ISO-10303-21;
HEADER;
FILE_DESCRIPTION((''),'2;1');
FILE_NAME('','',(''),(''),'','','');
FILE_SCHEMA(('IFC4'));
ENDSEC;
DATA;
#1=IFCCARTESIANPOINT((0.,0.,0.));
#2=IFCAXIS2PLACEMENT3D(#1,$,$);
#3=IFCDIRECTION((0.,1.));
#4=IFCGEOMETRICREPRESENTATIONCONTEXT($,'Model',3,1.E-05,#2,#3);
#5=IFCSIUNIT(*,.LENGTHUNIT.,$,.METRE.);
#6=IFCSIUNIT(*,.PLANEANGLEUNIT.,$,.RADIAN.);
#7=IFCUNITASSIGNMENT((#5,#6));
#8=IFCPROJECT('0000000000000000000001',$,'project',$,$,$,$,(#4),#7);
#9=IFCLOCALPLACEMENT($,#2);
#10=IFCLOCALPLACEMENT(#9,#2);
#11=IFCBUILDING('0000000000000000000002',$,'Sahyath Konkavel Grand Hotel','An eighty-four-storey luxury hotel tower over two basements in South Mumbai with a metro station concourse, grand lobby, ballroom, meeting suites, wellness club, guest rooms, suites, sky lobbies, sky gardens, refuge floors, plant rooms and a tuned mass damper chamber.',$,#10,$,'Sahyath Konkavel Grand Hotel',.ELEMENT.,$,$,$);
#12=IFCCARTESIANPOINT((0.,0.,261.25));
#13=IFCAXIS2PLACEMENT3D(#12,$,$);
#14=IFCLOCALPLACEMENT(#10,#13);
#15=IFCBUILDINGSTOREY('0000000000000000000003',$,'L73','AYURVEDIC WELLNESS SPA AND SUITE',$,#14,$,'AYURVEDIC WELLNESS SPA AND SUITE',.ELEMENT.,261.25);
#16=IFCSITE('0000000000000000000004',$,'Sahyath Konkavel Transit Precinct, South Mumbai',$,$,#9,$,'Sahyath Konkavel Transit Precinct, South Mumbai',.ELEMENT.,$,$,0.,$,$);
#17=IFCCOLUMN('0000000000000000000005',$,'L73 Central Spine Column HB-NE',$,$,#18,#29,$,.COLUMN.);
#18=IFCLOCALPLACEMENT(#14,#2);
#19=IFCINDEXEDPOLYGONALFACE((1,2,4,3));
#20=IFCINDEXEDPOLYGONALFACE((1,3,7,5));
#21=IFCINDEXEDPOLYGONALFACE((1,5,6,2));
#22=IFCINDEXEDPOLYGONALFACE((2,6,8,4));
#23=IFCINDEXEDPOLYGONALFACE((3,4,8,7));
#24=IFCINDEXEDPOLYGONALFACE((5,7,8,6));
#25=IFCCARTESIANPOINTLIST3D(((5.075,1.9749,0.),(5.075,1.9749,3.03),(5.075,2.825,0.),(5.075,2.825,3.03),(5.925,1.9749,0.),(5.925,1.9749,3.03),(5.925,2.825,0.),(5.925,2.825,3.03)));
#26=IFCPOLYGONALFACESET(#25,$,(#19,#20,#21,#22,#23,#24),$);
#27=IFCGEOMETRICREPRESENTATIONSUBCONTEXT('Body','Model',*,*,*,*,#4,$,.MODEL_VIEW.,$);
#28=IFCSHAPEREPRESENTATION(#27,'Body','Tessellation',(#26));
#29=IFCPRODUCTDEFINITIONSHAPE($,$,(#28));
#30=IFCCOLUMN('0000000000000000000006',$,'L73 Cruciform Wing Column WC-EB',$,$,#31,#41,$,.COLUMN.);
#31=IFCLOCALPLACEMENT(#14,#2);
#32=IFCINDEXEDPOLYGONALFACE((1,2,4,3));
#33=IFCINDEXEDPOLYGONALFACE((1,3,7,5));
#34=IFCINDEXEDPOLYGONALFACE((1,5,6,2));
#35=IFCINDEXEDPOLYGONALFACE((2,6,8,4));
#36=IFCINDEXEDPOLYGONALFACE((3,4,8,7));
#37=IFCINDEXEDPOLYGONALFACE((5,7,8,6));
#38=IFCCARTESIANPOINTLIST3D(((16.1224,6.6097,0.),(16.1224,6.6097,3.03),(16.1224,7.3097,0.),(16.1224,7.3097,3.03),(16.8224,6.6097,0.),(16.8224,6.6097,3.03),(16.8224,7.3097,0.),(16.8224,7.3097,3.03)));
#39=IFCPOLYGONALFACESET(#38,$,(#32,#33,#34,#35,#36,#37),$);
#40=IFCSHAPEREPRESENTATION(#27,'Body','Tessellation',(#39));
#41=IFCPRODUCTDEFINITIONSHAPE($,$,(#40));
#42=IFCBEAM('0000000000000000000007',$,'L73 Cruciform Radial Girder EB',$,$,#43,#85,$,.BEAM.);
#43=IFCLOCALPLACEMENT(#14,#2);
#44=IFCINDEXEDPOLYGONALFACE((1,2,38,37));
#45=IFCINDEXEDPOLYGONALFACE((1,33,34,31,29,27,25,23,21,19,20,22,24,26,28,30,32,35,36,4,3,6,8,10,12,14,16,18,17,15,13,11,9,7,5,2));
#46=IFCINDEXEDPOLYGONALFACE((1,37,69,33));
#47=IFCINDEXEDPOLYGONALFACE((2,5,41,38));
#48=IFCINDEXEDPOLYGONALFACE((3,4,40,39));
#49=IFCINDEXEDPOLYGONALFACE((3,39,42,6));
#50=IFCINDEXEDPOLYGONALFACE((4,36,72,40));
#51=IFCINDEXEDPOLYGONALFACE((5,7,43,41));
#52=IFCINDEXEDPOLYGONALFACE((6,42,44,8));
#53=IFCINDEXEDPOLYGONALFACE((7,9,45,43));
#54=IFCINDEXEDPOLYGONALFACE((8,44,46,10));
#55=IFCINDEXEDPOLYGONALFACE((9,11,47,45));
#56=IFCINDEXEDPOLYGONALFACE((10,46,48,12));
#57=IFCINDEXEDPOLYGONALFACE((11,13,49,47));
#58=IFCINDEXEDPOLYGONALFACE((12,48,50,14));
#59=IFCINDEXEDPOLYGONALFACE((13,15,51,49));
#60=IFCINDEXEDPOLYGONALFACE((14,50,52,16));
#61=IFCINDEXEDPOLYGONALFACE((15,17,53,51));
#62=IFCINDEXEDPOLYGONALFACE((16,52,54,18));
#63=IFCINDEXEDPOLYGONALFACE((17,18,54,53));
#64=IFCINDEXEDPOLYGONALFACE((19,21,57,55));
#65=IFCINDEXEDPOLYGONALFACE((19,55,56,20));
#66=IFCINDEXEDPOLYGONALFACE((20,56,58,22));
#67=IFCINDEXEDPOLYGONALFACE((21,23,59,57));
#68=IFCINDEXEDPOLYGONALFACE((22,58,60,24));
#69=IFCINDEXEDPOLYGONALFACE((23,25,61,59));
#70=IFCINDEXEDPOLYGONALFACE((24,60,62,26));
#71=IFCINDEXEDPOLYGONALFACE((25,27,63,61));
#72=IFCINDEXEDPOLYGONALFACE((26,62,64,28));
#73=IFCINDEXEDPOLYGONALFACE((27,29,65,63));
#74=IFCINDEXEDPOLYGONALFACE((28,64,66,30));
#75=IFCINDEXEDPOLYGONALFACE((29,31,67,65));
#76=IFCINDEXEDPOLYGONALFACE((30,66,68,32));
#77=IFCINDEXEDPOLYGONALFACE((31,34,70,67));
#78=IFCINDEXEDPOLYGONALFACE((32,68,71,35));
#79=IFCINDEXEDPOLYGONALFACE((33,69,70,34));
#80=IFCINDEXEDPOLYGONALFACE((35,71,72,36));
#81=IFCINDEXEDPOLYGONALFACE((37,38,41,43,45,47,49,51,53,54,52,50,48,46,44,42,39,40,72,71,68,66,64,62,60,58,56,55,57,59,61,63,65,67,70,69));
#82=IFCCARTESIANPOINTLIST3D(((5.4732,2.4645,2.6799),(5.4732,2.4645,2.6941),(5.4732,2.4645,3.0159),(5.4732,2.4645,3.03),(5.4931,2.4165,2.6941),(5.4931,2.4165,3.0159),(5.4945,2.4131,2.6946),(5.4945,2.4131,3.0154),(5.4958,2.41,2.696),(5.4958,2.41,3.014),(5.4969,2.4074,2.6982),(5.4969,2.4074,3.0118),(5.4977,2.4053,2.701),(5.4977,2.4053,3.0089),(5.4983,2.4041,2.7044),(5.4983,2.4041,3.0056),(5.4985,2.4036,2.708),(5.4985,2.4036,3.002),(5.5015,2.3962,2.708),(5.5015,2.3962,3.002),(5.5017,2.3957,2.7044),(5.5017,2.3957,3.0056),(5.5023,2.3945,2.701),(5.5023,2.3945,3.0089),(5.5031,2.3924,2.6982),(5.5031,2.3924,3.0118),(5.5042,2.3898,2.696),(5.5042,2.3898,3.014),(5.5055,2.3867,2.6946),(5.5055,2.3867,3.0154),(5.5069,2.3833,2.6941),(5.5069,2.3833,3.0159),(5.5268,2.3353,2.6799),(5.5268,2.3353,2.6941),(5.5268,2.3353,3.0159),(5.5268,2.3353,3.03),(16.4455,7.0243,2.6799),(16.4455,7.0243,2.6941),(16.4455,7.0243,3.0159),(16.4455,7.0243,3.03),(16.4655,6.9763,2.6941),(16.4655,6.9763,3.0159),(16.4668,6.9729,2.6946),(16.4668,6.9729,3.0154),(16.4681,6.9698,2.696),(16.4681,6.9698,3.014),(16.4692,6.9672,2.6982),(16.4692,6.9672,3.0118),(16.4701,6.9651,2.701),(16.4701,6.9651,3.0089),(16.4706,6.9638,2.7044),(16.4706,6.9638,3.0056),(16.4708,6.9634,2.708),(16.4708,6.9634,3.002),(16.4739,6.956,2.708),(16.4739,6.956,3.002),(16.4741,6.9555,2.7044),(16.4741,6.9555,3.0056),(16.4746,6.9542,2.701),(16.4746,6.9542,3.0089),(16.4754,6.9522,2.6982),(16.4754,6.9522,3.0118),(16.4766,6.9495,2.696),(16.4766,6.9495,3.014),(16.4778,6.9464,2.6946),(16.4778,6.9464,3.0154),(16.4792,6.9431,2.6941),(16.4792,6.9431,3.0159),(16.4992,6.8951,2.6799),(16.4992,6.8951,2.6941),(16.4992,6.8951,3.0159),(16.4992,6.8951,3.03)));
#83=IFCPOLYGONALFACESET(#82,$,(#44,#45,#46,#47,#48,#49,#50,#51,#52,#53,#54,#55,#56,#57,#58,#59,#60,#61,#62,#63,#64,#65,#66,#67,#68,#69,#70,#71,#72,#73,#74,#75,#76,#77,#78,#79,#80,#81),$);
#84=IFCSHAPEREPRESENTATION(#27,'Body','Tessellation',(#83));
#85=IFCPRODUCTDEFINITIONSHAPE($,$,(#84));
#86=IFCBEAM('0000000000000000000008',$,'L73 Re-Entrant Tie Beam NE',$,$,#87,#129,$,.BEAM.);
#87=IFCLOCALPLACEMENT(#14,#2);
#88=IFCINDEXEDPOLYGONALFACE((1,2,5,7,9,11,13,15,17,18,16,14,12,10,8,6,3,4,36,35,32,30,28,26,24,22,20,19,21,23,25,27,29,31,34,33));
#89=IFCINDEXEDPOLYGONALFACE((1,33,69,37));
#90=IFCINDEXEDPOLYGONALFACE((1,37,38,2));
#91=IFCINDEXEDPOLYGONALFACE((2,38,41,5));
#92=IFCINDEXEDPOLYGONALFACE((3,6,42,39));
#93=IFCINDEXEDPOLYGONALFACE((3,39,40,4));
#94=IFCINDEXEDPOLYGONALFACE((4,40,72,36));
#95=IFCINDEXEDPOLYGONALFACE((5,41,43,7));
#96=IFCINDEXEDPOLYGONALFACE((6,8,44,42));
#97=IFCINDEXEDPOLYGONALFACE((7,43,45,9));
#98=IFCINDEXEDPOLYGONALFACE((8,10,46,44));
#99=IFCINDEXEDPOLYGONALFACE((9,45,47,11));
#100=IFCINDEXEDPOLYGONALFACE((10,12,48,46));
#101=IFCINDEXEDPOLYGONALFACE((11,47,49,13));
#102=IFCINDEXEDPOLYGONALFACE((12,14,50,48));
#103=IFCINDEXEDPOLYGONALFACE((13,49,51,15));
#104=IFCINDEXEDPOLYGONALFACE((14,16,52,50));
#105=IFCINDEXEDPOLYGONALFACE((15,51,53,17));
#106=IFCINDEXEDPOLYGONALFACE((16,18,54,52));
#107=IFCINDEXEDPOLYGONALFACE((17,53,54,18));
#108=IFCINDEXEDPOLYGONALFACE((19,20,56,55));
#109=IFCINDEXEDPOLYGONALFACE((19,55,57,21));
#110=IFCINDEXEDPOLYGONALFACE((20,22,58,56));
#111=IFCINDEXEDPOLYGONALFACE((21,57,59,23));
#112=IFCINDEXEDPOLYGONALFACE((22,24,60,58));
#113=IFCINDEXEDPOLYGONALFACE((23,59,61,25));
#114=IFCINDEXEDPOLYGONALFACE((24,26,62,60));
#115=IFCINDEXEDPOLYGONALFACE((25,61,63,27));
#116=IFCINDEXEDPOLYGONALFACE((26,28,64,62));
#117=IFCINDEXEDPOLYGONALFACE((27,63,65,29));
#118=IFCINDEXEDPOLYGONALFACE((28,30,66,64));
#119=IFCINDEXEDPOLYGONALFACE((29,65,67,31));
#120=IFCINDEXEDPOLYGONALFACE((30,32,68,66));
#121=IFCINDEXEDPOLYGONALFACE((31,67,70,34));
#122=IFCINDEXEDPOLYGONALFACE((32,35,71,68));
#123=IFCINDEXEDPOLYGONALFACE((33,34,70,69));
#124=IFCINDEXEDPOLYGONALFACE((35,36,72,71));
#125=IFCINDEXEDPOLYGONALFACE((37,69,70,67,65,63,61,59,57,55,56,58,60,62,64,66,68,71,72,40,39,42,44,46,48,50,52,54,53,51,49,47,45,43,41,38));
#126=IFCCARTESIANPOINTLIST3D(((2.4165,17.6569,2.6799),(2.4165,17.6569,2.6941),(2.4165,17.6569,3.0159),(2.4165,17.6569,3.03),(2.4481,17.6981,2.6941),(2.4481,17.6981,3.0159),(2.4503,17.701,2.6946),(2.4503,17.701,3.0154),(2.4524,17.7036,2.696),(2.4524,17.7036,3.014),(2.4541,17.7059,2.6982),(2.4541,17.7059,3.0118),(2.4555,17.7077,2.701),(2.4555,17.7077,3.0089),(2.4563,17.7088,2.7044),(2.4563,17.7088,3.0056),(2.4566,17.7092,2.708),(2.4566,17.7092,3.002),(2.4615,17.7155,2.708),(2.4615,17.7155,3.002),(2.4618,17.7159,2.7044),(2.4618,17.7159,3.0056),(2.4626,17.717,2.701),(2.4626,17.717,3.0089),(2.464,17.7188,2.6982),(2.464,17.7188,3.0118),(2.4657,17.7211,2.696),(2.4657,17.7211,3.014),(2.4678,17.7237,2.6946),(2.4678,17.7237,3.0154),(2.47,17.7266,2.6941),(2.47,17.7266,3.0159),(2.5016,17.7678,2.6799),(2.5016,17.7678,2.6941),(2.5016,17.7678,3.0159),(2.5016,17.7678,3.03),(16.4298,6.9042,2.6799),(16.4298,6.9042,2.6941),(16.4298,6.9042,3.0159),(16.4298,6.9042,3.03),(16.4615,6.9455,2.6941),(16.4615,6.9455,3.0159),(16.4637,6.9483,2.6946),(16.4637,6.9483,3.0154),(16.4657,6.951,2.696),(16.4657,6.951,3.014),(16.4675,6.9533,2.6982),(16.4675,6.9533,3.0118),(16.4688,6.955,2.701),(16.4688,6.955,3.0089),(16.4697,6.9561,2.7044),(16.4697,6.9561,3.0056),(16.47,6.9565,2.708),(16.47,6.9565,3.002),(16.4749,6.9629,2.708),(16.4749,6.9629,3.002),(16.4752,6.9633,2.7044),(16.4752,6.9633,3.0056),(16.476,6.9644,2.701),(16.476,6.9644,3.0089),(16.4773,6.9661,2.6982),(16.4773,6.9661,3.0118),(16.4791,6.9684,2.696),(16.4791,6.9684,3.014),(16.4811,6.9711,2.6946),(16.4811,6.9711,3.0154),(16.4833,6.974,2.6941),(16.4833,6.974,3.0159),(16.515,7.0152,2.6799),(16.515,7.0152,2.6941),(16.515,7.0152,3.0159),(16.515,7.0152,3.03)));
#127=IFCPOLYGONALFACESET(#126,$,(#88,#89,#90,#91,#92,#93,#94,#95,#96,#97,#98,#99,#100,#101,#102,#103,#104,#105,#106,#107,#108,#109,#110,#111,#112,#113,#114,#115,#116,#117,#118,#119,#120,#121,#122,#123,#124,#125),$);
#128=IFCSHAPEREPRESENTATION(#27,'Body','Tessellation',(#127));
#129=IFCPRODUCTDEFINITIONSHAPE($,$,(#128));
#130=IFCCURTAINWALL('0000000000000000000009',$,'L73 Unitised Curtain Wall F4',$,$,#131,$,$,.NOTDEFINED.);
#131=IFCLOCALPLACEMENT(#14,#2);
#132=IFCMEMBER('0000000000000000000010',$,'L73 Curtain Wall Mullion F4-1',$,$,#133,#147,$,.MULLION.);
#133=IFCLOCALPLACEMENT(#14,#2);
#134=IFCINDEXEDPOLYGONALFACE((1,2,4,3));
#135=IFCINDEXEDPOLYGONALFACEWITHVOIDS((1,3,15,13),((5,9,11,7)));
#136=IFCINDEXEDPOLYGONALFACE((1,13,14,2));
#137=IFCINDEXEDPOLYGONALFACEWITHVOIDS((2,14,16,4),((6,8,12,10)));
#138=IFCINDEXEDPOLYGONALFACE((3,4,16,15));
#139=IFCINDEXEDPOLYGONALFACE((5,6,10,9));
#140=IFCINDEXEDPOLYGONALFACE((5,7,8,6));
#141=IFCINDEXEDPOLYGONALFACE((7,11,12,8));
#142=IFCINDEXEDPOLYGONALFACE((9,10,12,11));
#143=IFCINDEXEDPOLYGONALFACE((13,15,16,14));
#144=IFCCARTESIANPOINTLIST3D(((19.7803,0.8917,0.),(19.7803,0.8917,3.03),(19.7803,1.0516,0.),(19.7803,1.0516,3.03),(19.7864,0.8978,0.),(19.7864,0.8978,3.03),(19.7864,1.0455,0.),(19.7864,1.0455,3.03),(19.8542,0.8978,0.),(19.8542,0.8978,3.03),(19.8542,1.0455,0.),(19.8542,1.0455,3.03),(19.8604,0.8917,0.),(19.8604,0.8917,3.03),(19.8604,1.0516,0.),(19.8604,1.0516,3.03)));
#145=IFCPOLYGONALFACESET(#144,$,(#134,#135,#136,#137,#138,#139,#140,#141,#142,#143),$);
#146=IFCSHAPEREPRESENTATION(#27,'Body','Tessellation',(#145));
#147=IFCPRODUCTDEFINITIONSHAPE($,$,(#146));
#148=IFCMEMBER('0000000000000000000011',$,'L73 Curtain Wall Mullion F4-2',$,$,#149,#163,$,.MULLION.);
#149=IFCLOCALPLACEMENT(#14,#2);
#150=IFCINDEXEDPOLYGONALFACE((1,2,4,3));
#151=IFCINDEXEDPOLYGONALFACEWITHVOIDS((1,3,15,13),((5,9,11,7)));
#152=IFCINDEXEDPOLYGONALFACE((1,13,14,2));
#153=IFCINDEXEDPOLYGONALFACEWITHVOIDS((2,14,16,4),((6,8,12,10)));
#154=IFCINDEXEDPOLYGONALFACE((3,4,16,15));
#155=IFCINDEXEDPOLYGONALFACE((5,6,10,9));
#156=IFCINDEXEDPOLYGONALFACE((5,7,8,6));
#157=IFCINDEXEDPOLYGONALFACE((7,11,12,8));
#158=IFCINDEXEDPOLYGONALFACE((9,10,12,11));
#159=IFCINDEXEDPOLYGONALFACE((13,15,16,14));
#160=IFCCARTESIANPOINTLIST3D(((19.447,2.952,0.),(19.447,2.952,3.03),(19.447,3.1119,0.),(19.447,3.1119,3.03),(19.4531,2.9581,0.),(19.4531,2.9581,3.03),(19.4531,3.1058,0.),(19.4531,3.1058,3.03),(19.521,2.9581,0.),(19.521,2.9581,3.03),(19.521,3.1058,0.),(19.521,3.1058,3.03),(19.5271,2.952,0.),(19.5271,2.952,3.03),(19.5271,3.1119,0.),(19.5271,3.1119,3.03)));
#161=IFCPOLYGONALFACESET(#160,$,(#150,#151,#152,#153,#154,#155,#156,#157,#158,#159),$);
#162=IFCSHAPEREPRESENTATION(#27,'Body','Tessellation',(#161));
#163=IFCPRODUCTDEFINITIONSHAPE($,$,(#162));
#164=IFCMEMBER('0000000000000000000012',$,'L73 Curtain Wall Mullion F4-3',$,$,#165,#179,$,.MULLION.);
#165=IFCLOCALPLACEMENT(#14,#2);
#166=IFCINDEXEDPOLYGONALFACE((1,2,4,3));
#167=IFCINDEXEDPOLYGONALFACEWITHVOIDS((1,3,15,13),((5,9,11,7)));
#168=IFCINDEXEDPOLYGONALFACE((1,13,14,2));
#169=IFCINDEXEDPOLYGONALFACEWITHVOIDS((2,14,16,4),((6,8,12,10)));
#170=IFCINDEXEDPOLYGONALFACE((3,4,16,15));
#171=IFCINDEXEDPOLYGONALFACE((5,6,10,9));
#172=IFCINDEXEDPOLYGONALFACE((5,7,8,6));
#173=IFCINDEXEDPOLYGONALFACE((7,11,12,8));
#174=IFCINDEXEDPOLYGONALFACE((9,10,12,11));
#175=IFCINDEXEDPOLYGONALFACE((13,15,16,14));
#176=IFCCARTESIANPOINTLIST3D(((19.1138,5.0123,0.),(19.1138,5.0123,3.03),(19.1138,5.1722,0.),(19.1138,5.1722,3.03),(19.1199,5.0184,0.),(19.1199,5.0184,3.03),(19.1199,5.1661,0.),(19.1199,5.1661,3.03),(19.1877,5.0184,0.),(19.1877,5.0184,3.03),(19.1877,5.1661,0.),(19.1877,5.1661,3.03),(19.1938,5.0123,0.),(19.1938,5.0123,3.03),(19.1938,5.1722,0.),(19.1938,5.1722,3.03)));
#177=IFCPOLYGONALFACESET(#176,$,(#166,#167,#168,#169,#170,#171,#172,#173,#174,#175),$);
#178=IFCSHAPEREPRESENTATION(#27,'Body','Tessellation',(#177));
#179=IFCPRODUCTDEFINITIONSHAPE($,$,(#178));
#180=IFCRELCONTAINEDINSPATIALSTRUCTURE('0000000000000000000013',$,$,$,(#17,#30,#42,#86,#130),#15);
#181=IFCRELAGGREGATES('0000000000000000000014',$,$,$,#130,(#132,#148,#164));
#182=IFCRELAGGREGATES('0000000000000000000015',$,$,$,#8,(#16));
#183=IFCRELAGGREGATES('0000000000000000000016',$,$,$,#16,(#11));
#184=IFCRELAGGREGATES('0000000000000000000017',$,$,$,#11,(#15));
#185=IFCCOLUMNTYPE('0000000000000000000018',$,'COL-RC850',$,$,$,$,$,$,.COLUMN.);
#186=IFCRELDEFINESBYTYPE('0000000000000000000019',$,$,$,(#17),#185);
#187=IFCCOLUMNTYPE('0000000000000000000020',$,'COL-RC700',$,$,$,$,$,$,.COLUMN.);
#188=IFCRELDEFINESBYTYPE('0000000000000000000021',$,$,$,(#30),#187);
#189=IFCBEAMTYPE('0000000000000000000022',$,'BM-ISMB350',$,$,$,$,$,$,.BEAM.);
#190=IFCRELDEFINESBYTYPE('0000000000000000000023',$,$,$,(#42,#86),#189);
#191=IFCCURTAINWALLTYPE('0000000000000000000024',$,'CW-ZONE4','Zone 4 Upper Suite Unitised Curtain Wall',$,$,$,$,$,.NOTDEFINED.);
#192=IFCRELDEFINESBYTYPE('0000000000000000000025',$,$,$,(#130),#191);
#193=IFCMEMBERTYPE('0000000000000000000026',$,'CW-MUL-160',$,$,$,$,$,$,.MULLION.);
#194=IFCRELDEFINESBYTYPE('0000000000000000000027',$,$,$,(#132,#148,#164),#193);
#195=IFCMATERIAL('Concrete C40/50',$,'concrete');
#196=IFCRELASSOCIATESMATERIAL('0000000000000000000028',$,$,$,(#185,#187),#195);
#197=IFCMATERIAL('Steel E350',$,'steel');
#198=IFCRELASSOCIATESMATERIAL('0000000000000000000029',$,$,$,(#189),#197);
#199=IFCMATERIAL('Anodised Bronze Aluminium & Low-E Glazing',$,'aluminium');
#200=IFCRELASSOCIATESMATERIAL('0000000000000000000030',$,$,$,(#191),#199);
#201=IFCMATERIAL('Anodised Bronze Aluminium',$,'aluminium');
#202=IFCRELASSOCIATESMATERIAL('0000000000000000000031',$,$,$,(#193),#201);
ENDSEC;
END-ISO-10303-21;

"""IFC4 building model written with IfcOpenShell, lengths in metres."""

from ifc_helpers import new_model, si_unit, direction, frame, origin, origin_2d, place, context, subcontext, project, spatial, rectangle, hollow_rectangle, i_section, extrude, source, transform, mapped, material, material_profile, profile_set, type_object, element, aggregate, save


model = new_model("IFC4")

# Units and contexts
model_context = context("Model", 3, precision=1e-05, world=origin(), true_north=direction((0.0, 1.0)))
body_context = subcontext(model_context, "Body", "Model", "MODEL_VIEW")
ifc_project = project(units=[si_unit("LENGTHUNIT", "METRE"), si_unit("PLANEANGLEUNIT", "RADIAN")], contexts=[model_context])

# Site, building, storey
site_placement = place(None, origin())
site = spatial("IfcSite", under=ifc_project, at=site_placement, Name="Sahyath Konkavel Transit Precinct, South Mumbai", LongName="Sahyath Konkavel Transit Precinct, South Mumbai", CompositionType="ELEMENT", RefElevation=0.0)
building_placement = place(site_placement, origin())
building = spatial("IfcBuilding", under=site, at=building_placement, Name="Sahyath Konkavel Grand Hotel", Description="An eighty-four-storey luxury hotel tower over two basements in South Mumbai with a metro station concourse, grand lobby, ballroom, meeting suites, wellness club, guest rooms, suites, sky lobbies, sky gardens, refuge floors, plant rooms and a tuned mass damper chamber.", LongName="Sahyath Konkavel Grand Hotel", CompositionType="ELEMENT")
storey_placement = place(building_placement, frame((0.0, 0.0, 261.25)))
storey = spatial("IfcBuildingStorey", under=building, at=storey_placement, Name="L73", Description="AYURVEDIC WELLNESS SPA AND SUITE", LongName="AYURVEDIC WELLNESS SPA AND SUITE", CompositionType="ELEMENT", Elevation=261.25)

# Columns
ifc_material_1 = material(Name="Concrete C40/50", Category="concrete")
ifc_material_profile_1 = material_profile(ifc_material_1, rectangle(XDim=0.8501, YDim=0.8501, at=origin_2d()), Name="RC 850x850")
ifc_profile_set_1 = profile_set([ifc_material_profile_1], Name="Concrete C40/50")
column_type_1 = type_object("IfcColumnType", Name="COL-RC850", PredefinedType="COLUMN", material=ifc_profile_set_1)
shared_shape_1 = source(origin(), body_context, "Body", "SweptSolid", [
    extrude(rectangle(XDim=0.8501, YDim=0.8501, at=origin_2d()), origin(), (0.0, 0.0, 1.0), 3.03),
])
column_1_placement = place(storey_placement, frame((5.5, 2.3999, 0.0), z_axis=(0.0, 0.0, 1.0), x_axis=(1.0, 0.0, 0.0)))
element("IfcColumn", 1, at=column_1_placement, inside=storey, type_object=column_type_1, Name="L73 Central Spine Column HB-NE", PredefinedType="COLUMN", context=body_context, shape_type="MappedRepresentation", body=[
    mapped(shared_shape_1, transform((0.0, 0.0, 0.0), scale=1.0)),
])
ifc_material_profile_2 = material_profile(ifc_material_1, rectangle(XDim=0.7, YDim=0.7, at=origin_2d()), Name="RC 700x700")
ifc_profile_set_2 = profile_set([ifc_material_profile_2], Name="Concrete C40/50")
column_type_2 = type_object("IfcColumnType", Name="COL-RC700", PredefinedType="COLUMN", material=ifc_profile_set_2)
shared_shape_2 = source(origin(), body_context, "Body", "SweptSolid", [
    extrude(rectangle(XDim=0.7, YDim=0.7, at=origin_2d()), origin(), (0.0, 0.0, 1.0), 3.03),
])
column_2_placement = place(storey_placement, frame((16.4724, 6.9597, 0.0), z_axis=(0.0, 0.0, 1.0), x_axis=(1.0, 0.0, 0.0)))
element("IfcColumn", 2, at=column_2_placement, inside=storey, type_object=column_type_2, Name="L73 Cruciform Wing Column WC-EB", PredefinedType="COLUMN", context=body_context, shape_type="MappedRepresentation", body=[
    mapped(shared_shape_2, transform((0.0, 0.0, 0.0), scale=1.0)),
])

# Beams
ifc_material_2 = material(Name="Steel E350", Category="steel")
ifc_material_profile_3 = material_profile(ifc_material_2, i_section(OverallWidth=0.1399, OverallDepth=0.3501, WebThickness=0.0081, FlangeThickness=0.0142, FilletRadius=0.0139, at=origin_2d()), Name="ISMB 350")
ifc_profile_set_3 = profile_set([ifc_material_profile_3], Name="Steel E350")
beam_type_1 = type_object("IfcBeamType", Name="BM-ISMB350", PredefinedType="BEAM", material=ifc_profile_set_3)
shared_shape_3 = source(origin(), body_context, "Body", "SweptSolid", [
    extrude(i_section(OverallWidth=0.1399, OverallDepth=0.3501, WebThickness=0.0081, FlangeThickness=0.0142, FilletRadius=0.0139, at=origin_2d()), origin(), (0.0, 0.0, 1.0), 11.8821),
])
beam_1_placement = place(storey_placement, frame((5.5, 2.3999, 2.855), z_axis=(0.923436, 0.383753, 0.0), x_axis=(-0.383753, 0.923436, 0.0)))
element("IfcBeam", 3, at=beam_1_placement, inside=storey, type_object=beam_type_1, Name="L73 Cruciform Radial Girder EB", PredefinedType="BEAM", context=body_context, shape_type="MappedRepresentation", body=[
    mapped(shared_shape_3, transform((0.0, 0.0, 0.0), scale=1.0)),
])
shared_shape_4 = source(origin(), body_context, "Body", "SweptSolid", [
    extrude(i_section(OverallWidth=0.1399, OverallDepth=0.3501, WebThickness=0.0081, FlangeThickness=0.0142, FilletRadius=0.0139, at=origin_2d()), origin(), (0.0, 0.0, 1.0), 17.6633),
])
beam_2_placement = place(storey_placement, frame((16.4724, 6.9597, 2.855), z_axis=(-0.793359, 0.608754, 0.0), x_axis=(-0.608754, -0.793359, 0.0)))
element("IfcBeam", 4, at=beam_2_placement, inside=storey, type_object=beam_type_1, Name="L73 Re-Entrant Tie Beam NE", PredefinedType="BEAM", context=body_context, shape_type="MappedRepresentation", body=[
    mapped(shared_shape_4, transform((0.0, 0.0, 0.0), scale=1.0)),
])

# Curtain wall, members
ifc_material_3 = material(Name="Anodised Bronze Aluminium & Low-E Glazing", Category="aluminium")
curtain_wall_type = type_object("IfcCurtainWallType", Name="CW-ZONE4", Description="Zone 4 Upper Suite Unitised Curtain Wall", PredefinedType="NOTDEFINED", material=ifc_material_3)
curtain_wall_1_placement = place(storey_placement, origin())
curtain_wall_1 = element("IfcCurtainWall", 5, at=curtain_wall_1_placement, inside=storey, type_object=curtain_wall_type, Name="L73 Unitised Curtain Wall F4", PredefinedType="NOTDEFINED")
ifc_material_4 = material(Name="Anodised Bronze Aluminium", Category="aluminium")
ifc_material_profile_4 = material_profile(ifc_material_4, hollow_rectangle(XDim=0.0801, YDim=0.1599, WallThickness=0.0061, at=origin_2d()), Name="RHS 160x80x6")
ifc_profile_set_4 = profile_set([ifc_material_profile_4], Name="Anodised Bronze Aluminium")
member_type_1 = type_object("IfcMemberType", Name="CW-MUL-160", PredefinedType="MULLION", material=ifc_profile_set_4)
shared_shape_5 = source(origin(), body_context, "Body", "SweptSolid", [
    extrude(hollow_rectangle(XDim=0.0801, YDim=0.1599, WallThickness=0.0061, at=origin_2d()), origin(), (0.0, 0.0, 1.0), 3.03),
])
member_1_placement = place(storey_placement, frame((19.8203, 0.9717, 0.0), z_axis=(0.0, 0.0, 1.0), x_axis=(1.0, 0.0, 0.0)))
member_1 = element("IfcMember", 6, at=member_1_placement, type_object=member_type_1, Name="L73 Curtain Wall Mullion F4-1", PredefinedType="MULLION", context=body_context, shape_type="MappedRepresentation", body=[
    mapped(shared_shape_5, transform((0.0, 0.0, 0.0), scale=1.0)),
])
member_2_placement = place(storey_placement, frame((19.4871, 3.032, 0.0), z_axis=(0.0, 0.0, 1.0), x_axis=(1.0, 0.0, 0.0)))
member_2 = element("IfcMember", 7, at=member_2_placement, type_object=member_type_1, Name="L73 Curtain Wall Mullion F4-2", PredefinedType="MULLION", context=body_context, shape_type="MappedRepresentation", body=[
    mapped(shared_shape_5, transform((0.0, 0.0, 0.0), scale=1.0)),
])
member_3_placement = place(storey_placement, frame((19.1538, 5.0923, 0.0), z_axis=(0.0, 0.0, 1.0), x_axis=(1.0, 0.0, 0.0)))
member_3 = element("IfcMember", 8, at=member_3_placement, type_object=member_type_1, Name="L73 Curtain Wall Mullion F4-3", PredefinedType="MULLION", context=body_context, shape_type="MappedRepresentation", body=[
    mapped(shared_shape_5, transform((0.0, 0.0, 0.0), scale=1.0)),
])

aggregate(curtain_wall_1, [member_1, member_2, member_3])

save(model, "model.ifc")
